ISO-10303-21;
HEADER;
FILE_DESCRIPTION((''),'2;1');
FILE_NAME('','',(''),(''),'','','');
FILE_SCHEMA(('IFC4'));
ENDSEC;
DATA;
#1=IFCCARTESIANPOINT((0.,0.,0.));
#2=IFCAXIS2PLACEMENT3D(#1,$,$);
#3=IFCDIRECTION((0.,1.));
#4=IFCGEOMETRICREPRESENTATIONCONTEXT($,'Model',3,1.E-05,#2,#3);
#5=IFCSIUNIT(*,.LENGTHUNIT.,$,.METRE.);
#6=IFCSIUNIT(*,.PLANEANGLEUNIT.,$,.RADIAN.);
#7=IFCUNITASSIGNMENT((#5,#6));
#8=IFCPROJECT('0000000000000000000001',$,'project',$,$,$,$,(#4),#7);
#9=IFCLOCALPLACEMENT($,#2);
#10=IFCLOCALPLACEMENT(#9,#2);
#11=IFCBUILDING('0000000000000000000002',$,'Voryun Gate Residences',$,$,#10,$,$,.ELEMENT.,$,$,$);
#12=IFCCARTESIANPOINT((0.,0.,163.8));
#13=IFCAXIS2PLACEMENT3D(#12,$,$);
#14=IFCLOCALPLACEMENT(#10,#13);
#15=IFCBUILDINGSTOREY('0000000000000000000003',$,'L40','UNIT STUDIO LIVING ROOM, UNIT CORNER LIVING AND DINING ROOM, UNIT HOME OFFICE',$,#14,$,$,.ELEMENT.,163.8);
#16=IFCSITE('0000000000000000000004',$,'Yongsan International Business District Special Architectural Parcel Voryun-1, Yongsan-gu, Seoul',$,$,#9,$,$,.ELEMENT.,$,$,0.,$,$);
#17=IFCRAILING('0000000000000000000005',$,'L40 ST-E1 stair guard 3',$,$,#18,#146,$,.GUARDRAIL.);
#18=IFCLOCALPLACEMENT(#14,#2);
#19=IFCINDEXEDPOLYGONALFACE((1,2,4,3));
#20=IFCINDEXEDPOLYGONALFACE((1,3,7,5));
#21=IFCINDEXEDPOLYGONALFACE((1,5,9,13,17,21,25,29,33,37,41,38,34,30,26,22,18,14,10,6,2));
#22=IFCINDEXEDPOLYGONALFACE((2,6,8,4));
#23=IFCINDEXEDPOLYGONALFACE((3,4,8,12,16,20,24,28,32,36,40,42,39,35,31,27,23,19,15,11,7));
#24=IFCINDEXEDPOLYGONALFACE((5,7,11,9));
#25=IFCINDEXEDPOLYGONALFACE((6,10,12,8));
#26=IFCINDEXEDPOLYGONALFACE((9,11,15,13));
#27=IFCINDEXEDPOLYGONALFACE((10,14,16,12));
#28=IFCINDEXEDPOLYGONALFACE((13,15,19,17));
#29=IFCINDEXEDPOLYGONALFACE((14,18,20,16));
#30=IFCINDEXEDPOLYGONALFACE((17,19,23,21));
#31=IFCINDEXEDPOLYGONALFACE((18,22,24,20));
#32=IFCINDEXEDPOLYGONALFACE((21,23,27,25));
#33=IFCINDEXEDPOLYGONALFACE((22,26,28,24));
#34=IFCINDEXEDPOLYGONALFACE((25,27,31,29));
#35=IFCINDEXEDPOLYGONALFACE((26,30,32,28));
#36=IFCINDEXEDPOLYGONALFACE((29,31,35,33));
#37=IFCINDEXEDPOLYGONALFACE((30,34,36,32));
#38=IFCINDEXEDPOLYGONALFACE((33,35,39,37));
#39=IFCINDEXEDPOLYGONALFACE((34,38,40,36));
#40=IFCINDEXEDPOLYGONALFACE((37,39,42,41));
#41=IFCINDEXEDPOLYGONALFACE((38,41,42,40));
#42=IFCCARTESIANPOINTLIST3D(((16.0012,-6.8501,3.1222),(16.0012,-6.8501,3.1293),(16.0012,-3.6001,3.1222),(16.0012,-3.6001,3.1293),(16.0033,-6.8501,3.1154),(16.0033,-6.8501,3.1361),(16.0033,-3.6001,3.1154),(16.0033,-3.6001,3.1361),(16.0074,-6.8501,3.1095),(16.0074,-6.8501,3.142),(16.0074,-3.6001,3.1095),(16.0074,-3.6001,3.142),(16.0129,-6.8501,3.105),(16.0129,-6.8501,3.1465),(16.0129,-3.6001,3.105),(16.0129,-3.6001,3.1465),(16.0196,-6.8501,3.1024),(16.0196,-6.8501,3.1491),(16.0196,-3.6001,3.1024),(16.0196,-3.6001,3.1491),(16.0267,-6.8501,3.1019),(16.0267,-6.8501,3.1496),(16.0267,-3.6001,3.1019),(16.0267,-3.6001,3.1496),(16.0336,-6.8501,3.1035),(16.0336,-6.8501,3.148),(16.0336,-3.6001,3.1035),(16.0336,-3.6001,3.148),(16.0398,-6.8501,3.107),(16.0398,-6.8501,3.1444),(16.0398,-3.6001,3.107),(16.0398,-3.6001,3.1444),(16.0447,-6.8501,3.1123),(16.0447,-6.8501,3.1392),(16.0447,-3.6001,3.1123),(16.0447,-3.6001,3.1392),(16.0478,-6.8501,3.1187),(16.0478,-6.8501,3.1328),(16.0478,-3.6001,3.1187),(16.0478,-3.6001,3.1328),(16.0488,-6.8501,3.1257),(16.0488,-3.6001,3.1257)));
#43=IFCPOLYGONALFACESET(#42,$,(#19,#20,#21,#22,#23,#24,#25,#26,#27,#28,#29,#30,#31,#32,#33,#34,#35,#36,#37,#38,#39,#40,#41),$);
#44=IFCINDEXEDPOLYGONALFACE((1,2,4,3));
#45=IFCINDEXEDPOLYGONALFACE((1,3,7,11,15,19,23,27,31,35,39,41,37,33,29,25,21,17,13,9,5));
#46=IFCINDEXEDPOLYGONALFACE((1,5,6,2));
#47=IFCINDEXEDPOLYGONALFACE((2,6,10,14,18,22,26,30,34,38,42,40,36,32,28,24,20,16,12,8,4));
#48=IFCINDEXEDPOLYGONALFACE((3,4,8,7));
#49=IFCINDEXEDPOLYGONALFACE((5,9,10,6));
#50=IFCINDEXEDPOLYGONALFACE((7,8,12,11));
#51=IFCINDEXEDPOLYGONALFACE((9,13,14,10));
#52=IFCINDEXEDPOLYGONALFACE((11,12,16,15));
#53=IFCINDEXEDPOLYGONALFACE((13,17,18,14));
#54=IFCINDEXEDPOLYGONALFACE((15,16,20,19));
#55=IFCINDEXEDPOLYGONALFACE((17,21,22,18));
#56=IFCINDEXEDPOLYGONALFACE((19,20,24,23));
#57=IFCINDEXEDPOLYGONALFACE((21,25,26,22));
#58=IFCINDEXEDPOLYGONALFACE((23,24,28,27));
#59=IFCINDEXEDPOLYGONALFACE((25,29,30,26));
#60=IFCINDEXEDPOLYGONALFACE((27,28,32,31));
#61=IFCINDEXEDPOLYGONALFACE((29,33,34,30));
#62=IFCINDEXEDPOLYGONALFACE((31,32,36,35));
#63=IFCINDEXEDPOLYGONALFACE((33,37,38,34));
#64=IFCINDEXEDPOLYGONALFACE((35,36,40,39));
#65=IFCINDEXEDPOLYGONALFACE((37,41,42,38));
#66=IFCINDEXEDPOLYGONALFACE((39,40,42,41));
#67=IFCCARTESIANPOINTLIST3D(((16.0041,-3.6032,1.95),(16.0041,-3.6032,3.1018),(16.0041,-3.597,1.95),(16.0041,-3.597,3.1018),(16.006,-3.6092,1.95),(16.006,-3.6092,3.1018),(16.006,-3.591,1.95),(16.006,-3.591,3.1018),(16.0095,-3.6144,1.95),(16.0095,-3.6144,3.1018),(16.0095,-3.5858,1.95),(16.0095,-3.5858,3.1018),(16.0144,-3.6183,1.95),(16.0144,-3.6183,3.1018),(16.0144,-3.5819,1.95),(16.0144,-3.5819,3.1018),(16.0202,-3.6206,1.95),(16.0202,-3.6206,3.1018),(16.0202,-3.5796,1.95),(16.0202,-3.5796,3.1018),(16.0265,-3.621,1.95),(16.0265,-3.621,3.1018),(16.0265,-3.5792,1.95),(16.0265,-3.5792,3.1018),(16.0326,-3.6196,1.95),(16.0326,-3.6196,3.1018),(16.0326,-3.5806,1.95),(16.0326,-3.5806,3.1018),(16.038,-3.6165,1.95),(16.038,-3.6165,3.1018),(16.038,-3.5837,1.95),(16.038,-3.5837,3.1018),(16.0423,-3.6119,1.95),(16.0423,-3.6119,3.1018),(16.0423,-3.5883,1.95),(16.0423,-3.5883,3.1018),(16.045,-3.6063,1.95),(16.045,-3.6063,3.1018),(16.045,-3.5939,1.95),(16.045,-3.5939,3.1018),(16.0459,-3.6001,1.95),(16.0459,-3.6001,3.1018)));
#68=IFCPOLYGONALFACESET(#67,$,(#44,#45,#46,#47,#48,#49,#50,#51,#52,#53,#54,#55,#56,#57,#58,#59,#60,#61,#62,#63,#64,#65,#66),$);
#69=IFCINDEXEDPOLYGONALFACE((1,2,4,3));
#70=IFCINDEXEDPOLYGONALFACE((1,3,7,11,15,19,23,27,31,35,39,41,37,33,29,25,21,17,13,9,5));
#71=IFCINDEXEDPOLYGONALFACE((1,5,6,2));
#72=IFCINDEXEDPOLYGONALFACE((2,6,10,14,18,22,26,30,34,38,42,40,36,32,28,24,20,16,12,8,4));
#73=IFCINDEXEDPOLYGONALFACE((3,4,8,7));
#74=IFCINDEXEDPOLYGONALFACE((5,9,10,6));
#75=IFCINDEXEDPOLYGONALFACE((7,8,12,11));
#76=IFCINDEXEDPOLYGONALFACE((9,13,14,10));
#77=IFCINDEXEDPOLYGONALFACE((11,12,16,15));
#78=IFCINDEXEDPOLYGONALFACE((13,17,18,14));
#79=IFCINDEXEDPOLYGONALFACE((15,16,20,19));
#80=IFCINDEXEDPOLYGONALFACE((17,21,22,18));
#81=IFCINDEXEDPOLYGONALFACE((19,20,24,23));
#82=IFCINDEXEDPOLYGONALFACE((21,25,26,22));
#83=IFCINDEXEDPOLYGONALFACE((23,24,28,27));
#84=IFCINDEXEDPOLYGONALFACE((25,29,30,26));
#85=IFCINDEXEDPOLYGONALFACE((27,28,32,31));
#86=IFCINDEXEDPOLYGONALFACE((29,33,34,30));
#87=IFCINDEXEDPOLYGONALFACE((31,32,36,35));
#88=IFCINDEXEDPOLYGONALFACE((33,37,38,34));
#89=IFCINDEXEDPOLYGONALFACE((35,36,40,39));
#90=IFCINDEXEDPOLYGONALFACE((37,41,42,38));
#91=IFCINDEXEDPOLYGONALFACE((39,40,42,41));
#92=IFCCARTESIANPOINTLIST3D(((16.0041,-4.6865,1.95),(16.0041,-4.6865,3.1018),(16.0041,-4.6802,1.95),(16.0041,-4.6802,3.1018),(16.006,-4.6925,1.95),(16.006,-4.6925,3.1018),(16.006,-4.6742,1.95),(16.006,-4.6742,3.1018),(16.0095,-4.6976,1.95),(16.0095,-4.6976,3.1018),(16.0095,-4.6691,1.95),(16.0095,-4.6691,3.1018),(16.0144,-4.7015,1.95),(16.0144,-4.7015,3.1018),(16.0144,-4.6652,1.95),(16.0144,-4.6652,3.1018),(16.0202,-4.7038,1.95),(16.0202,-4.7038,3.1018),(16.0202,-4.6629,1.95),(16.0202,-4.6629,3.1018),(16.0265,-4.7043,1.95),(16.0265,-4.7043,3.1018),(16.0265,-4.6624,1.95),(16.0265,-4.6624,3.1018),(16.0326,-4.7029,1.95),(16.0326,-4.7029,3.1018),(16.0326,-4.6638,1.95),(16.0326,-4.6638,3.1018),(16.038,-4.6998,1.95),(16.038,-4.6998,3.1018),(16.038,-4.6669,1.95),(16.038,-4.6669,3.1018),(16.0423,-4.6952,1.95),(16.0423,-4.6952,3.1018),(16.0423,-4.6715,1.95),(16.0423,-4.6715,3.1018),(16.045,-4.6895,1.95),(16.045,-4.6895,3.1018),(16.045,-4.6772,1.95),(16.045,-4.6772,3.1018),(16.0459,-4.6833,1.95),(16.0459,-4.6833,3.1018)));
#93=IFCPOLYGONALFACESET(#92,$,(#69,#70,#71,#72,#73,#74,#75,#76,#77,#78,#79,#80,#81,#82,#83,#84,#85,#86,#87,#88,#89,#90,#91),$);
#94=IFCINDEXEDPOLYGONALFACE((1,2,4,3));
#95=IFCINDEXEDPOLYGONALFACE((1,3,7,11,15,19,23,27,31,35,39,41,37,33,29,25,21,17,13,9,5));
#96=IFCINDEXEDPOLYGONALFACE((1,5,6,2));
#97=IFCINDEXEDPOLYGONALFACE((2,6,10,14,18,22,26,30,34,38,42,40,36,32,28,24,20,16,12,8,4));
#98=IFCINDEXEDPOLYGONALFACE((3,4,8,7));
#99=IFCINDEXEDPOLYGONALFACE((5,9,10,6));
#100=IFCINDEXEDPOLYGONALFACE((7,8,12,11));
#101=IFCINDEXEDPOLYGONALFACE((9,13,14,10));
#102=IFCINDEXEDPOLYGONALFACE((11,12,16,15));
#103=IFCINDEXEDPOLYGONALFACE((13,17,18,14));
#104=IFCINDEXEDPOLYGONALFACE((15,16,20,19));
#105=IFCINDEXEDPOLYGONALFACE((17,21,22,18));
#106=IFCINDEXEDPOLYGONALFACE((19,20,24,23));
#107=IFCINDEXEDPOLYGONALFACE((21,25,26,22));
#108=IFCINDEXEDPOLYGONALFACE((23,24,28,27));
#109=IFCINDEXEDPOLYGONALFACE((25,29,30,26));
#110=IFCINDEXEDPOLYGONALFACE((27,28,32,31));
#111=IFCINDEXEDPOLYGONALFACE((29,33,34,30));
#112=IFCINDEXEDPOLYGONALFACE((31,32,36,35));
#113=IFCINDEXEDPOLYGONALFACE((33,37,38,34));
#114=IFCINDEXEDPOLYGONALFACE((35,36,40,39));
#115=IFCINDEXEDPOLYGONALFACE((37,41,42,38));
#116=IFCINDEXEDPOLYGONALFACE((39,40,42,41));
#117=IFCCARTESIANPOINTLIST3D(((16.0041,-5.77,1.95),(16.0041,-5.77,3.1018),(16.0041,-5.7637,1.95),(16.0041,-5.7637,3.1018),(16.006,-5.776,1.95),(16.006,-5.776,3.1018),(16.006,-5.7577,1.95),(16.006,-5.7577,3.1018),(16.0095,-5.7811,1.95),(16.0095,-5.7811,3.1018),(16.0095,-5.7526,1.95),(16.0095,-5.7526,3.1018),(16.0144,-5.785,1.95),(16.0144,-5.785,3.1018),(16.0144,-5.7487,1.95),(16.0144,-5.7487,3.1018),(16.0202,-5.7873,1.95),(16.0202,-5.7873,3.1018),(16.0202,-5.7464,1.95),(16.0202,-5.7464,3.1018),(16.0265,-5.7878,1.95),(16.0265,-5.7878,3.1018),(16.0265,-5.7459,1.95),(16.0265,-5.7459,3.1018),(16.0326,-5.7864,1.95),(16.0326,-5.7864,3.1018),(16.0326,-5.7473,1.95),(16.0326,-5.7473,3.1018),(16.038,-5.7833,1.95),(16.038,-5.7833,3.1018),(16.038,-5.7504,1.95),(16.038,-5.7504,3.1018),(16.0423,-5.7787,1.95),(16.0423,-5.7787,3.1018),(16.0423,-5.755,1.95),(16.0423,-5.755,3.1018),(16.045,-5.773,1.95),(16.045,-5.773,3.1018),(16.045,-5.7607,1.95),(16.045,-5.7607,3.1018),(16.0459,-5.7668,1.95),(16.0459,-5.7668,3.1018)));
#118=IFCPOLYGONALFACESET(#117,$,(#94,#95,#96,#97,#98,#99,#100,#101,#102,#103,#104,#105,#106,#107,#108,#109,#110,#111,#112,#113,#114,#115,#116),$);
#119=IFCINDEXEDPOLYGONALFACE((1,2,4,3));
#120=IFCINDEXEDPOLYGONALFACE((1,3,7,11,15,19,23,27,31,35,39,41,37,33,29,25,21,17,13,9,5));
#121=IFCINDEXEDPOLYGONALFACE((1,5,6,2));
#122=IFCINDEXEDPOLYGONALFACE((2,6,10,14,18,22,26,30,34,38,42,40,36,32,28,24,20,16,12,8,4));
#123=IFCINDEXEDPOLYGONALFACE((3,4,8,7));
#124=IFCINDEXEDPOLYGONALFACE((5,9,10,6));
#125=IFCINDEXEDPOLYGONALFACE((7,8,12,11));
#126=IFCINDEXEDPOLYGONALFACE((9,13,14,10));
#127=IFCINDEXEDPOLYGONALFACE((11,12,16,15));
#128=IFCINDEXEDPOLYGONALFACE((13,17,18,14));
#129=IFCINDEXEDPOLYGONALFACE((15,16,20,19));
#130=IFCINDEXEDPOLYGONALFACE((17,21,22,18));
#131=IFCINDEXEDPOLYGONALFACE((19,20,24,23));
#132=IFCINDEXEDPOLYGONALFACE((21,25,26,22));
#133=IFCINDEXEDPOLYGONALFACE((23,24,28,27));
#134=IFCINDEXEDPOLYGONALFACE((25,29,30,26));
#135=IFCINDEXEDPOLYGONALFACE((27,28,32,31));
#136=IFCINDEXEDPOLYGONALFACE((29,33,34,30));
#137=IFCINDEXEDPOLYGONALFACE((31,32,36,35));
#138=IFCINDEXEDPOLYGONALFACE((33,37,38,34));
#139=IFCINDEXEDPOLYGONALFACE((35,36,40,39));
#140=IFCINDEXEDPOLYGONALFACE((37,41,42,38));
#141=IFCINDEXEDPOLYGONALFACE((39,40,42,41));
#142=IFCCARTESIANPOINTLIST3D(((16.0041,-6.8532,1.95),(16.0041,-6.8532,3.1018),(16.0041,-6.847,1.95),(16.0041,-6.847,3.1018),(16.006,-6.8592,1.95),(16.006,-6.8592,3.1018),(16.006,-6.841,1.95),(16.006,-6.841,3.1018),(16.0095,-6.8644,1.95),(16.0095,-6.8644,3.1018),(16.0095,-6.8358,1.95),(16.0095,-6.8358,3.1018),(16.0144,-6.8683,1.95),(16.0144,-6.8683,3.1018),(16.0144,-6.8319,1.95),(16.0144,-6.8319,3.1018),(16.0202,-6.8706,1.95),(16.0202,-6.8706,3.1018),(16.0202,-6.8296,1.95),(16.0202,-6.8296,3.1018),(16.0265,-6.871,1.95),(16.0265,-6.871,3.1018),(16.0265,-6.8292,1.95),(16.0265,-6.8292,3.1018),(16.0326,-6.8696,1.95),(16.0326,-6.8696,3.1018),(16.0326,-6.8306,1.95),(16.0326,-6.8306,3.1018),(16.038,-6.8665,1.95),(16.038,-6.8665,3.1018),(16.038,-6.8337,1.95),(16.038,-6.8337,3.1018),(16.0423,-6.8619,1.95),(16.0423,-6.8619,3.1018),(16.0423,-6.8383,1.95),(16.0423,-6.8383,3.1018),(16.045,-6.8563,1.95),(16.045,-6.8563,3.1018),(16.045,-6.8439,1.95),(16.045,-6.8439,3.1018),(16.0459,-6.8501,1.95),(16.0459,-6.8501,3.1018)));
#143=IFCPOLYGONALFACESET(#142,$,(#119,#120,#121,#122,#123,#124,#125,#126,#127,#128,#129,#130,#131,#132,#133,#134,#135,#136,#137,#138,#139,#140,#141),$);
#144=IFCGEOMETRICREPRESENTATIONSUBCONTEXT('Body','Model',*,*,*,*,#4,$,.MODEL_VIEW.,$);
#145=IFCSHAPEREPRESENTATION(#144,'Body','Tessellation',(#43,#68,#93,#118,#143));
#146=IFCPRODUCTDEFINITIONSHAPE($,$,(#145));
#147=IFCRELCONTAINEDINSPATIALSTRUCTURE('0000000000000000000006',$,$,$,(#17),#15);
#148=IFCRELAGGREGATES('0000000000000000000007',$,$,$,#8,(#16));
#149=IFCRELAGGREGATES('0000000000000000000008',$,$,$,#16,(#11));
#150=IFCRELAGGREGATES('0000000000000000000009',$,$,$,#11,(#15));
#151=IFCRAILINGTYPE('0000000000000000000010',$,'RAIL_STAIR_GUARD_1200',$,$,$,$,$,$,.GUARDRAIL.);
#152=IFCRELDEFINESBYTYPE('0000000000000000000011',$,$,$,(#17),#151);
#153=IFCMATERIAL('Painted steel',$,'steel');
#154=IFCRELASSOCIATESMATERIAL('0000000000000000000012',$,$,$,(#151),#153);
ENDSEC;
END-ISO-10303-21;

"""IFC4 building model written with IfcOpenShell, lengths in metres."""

from ifc_helpers import new_model, si_unit, direction, frame, origin, origin_2d, place, context, subcontext, project, spatial, circle, extrude, material, type_object, element, save


model = new_model("IFC4")

# Units and contexts
model_context = context("Model", 3, precision=1e-05, world=origin(), true_north=direction((0.0, 1.0)))
body_context = subcontext(model_context, "Body", "Model", "MODEL_VIEW")
ifc_project = project(units=[si_unit("LENGTHUNIT", "METRE"), si_unit("PLANEANGLEUNIT", "RADIAN")], contexts=[model_context])

# Site, building, storey
site_placement = place(None, origin())
site = spatial("IfcSite", under=ifc_project, at=site_placement, Name="Yongsan International Business District Special Architectural Parcel Voryun-1, Yongsan-gu, Seoul", CompositionType="ELEMENT", RefElevation=0.0)
building_placement = place(site_placement, origin())
building = spatial("IfcBuilding", under=site, at=building_placement, Name="Voryun Gate Residences", CompositionType="ELEMENT")
storey_placement = place(building_placement, frame((0.0, 0.0, 163.8)))
storey = spatial("IfcBuildingStorey", under=building, at=storey_placement, Name="L40", Description="UNIT STUDIO LIVING ROOM, UNIT CORNER LIVING AND DINING ROOM, UNIT HOME OFFICE", CompositionType="ELEMENT", Elevation=163.8)

# Railing
ifc_material_1 = material(Name="Painted steel", Category="steel")
railing_type_1 = type_object("IfcRailingType", Name="RAIL_STAIR_GUARD_1200", PredefinedType="GUARDRAIL", material=ifc_material_1)
for number, where, name in (
    (1, (16.0249, -3.6001, 1.95), "L40 ST-E1 stair guard 3"),
):
    element("IfcRailing", number, at=place(storey_placement, frame(where)), inside=storey, type_object=railing_type_1, Name=name, PredefinedType="GUARDRAIL", context=body_context, shape_type="SweptSolid", body=[
        extrude(circle(Radius=0.0239, at=origin_2d()), frame((0.0, 0.0, 1.1758), z_axis=(0.0, -1.0, 0.0), x_axis=(1.0, 0.0, 0.0)), (0.0, 0.0, 1.0), 3.25),
        extrude(circle(Radius=0.021, at=origin_2d()), origin(), (0.0, 0.0, 1.0), 1.1519),
        extrude(circle(Radius=0.021, at=origin_2d()), frame((0.0, -1.0833, 0.0)), (0.0, 0.0, 1.0), 1.1519),
        extrude(circle(Radius=0.021, at=origin_2d()), frame((0.0, -2.1667, 0.0)), (0.0, 0.0, 1.0), 1.1519),
        extrude(circle(Radius=0.021, at=origin_2d()), frame((0.0, -3.25, 0.0)), (0.0, 0.0, 1.0), 1.1519),
    ])

save(model, "model.ifc")
